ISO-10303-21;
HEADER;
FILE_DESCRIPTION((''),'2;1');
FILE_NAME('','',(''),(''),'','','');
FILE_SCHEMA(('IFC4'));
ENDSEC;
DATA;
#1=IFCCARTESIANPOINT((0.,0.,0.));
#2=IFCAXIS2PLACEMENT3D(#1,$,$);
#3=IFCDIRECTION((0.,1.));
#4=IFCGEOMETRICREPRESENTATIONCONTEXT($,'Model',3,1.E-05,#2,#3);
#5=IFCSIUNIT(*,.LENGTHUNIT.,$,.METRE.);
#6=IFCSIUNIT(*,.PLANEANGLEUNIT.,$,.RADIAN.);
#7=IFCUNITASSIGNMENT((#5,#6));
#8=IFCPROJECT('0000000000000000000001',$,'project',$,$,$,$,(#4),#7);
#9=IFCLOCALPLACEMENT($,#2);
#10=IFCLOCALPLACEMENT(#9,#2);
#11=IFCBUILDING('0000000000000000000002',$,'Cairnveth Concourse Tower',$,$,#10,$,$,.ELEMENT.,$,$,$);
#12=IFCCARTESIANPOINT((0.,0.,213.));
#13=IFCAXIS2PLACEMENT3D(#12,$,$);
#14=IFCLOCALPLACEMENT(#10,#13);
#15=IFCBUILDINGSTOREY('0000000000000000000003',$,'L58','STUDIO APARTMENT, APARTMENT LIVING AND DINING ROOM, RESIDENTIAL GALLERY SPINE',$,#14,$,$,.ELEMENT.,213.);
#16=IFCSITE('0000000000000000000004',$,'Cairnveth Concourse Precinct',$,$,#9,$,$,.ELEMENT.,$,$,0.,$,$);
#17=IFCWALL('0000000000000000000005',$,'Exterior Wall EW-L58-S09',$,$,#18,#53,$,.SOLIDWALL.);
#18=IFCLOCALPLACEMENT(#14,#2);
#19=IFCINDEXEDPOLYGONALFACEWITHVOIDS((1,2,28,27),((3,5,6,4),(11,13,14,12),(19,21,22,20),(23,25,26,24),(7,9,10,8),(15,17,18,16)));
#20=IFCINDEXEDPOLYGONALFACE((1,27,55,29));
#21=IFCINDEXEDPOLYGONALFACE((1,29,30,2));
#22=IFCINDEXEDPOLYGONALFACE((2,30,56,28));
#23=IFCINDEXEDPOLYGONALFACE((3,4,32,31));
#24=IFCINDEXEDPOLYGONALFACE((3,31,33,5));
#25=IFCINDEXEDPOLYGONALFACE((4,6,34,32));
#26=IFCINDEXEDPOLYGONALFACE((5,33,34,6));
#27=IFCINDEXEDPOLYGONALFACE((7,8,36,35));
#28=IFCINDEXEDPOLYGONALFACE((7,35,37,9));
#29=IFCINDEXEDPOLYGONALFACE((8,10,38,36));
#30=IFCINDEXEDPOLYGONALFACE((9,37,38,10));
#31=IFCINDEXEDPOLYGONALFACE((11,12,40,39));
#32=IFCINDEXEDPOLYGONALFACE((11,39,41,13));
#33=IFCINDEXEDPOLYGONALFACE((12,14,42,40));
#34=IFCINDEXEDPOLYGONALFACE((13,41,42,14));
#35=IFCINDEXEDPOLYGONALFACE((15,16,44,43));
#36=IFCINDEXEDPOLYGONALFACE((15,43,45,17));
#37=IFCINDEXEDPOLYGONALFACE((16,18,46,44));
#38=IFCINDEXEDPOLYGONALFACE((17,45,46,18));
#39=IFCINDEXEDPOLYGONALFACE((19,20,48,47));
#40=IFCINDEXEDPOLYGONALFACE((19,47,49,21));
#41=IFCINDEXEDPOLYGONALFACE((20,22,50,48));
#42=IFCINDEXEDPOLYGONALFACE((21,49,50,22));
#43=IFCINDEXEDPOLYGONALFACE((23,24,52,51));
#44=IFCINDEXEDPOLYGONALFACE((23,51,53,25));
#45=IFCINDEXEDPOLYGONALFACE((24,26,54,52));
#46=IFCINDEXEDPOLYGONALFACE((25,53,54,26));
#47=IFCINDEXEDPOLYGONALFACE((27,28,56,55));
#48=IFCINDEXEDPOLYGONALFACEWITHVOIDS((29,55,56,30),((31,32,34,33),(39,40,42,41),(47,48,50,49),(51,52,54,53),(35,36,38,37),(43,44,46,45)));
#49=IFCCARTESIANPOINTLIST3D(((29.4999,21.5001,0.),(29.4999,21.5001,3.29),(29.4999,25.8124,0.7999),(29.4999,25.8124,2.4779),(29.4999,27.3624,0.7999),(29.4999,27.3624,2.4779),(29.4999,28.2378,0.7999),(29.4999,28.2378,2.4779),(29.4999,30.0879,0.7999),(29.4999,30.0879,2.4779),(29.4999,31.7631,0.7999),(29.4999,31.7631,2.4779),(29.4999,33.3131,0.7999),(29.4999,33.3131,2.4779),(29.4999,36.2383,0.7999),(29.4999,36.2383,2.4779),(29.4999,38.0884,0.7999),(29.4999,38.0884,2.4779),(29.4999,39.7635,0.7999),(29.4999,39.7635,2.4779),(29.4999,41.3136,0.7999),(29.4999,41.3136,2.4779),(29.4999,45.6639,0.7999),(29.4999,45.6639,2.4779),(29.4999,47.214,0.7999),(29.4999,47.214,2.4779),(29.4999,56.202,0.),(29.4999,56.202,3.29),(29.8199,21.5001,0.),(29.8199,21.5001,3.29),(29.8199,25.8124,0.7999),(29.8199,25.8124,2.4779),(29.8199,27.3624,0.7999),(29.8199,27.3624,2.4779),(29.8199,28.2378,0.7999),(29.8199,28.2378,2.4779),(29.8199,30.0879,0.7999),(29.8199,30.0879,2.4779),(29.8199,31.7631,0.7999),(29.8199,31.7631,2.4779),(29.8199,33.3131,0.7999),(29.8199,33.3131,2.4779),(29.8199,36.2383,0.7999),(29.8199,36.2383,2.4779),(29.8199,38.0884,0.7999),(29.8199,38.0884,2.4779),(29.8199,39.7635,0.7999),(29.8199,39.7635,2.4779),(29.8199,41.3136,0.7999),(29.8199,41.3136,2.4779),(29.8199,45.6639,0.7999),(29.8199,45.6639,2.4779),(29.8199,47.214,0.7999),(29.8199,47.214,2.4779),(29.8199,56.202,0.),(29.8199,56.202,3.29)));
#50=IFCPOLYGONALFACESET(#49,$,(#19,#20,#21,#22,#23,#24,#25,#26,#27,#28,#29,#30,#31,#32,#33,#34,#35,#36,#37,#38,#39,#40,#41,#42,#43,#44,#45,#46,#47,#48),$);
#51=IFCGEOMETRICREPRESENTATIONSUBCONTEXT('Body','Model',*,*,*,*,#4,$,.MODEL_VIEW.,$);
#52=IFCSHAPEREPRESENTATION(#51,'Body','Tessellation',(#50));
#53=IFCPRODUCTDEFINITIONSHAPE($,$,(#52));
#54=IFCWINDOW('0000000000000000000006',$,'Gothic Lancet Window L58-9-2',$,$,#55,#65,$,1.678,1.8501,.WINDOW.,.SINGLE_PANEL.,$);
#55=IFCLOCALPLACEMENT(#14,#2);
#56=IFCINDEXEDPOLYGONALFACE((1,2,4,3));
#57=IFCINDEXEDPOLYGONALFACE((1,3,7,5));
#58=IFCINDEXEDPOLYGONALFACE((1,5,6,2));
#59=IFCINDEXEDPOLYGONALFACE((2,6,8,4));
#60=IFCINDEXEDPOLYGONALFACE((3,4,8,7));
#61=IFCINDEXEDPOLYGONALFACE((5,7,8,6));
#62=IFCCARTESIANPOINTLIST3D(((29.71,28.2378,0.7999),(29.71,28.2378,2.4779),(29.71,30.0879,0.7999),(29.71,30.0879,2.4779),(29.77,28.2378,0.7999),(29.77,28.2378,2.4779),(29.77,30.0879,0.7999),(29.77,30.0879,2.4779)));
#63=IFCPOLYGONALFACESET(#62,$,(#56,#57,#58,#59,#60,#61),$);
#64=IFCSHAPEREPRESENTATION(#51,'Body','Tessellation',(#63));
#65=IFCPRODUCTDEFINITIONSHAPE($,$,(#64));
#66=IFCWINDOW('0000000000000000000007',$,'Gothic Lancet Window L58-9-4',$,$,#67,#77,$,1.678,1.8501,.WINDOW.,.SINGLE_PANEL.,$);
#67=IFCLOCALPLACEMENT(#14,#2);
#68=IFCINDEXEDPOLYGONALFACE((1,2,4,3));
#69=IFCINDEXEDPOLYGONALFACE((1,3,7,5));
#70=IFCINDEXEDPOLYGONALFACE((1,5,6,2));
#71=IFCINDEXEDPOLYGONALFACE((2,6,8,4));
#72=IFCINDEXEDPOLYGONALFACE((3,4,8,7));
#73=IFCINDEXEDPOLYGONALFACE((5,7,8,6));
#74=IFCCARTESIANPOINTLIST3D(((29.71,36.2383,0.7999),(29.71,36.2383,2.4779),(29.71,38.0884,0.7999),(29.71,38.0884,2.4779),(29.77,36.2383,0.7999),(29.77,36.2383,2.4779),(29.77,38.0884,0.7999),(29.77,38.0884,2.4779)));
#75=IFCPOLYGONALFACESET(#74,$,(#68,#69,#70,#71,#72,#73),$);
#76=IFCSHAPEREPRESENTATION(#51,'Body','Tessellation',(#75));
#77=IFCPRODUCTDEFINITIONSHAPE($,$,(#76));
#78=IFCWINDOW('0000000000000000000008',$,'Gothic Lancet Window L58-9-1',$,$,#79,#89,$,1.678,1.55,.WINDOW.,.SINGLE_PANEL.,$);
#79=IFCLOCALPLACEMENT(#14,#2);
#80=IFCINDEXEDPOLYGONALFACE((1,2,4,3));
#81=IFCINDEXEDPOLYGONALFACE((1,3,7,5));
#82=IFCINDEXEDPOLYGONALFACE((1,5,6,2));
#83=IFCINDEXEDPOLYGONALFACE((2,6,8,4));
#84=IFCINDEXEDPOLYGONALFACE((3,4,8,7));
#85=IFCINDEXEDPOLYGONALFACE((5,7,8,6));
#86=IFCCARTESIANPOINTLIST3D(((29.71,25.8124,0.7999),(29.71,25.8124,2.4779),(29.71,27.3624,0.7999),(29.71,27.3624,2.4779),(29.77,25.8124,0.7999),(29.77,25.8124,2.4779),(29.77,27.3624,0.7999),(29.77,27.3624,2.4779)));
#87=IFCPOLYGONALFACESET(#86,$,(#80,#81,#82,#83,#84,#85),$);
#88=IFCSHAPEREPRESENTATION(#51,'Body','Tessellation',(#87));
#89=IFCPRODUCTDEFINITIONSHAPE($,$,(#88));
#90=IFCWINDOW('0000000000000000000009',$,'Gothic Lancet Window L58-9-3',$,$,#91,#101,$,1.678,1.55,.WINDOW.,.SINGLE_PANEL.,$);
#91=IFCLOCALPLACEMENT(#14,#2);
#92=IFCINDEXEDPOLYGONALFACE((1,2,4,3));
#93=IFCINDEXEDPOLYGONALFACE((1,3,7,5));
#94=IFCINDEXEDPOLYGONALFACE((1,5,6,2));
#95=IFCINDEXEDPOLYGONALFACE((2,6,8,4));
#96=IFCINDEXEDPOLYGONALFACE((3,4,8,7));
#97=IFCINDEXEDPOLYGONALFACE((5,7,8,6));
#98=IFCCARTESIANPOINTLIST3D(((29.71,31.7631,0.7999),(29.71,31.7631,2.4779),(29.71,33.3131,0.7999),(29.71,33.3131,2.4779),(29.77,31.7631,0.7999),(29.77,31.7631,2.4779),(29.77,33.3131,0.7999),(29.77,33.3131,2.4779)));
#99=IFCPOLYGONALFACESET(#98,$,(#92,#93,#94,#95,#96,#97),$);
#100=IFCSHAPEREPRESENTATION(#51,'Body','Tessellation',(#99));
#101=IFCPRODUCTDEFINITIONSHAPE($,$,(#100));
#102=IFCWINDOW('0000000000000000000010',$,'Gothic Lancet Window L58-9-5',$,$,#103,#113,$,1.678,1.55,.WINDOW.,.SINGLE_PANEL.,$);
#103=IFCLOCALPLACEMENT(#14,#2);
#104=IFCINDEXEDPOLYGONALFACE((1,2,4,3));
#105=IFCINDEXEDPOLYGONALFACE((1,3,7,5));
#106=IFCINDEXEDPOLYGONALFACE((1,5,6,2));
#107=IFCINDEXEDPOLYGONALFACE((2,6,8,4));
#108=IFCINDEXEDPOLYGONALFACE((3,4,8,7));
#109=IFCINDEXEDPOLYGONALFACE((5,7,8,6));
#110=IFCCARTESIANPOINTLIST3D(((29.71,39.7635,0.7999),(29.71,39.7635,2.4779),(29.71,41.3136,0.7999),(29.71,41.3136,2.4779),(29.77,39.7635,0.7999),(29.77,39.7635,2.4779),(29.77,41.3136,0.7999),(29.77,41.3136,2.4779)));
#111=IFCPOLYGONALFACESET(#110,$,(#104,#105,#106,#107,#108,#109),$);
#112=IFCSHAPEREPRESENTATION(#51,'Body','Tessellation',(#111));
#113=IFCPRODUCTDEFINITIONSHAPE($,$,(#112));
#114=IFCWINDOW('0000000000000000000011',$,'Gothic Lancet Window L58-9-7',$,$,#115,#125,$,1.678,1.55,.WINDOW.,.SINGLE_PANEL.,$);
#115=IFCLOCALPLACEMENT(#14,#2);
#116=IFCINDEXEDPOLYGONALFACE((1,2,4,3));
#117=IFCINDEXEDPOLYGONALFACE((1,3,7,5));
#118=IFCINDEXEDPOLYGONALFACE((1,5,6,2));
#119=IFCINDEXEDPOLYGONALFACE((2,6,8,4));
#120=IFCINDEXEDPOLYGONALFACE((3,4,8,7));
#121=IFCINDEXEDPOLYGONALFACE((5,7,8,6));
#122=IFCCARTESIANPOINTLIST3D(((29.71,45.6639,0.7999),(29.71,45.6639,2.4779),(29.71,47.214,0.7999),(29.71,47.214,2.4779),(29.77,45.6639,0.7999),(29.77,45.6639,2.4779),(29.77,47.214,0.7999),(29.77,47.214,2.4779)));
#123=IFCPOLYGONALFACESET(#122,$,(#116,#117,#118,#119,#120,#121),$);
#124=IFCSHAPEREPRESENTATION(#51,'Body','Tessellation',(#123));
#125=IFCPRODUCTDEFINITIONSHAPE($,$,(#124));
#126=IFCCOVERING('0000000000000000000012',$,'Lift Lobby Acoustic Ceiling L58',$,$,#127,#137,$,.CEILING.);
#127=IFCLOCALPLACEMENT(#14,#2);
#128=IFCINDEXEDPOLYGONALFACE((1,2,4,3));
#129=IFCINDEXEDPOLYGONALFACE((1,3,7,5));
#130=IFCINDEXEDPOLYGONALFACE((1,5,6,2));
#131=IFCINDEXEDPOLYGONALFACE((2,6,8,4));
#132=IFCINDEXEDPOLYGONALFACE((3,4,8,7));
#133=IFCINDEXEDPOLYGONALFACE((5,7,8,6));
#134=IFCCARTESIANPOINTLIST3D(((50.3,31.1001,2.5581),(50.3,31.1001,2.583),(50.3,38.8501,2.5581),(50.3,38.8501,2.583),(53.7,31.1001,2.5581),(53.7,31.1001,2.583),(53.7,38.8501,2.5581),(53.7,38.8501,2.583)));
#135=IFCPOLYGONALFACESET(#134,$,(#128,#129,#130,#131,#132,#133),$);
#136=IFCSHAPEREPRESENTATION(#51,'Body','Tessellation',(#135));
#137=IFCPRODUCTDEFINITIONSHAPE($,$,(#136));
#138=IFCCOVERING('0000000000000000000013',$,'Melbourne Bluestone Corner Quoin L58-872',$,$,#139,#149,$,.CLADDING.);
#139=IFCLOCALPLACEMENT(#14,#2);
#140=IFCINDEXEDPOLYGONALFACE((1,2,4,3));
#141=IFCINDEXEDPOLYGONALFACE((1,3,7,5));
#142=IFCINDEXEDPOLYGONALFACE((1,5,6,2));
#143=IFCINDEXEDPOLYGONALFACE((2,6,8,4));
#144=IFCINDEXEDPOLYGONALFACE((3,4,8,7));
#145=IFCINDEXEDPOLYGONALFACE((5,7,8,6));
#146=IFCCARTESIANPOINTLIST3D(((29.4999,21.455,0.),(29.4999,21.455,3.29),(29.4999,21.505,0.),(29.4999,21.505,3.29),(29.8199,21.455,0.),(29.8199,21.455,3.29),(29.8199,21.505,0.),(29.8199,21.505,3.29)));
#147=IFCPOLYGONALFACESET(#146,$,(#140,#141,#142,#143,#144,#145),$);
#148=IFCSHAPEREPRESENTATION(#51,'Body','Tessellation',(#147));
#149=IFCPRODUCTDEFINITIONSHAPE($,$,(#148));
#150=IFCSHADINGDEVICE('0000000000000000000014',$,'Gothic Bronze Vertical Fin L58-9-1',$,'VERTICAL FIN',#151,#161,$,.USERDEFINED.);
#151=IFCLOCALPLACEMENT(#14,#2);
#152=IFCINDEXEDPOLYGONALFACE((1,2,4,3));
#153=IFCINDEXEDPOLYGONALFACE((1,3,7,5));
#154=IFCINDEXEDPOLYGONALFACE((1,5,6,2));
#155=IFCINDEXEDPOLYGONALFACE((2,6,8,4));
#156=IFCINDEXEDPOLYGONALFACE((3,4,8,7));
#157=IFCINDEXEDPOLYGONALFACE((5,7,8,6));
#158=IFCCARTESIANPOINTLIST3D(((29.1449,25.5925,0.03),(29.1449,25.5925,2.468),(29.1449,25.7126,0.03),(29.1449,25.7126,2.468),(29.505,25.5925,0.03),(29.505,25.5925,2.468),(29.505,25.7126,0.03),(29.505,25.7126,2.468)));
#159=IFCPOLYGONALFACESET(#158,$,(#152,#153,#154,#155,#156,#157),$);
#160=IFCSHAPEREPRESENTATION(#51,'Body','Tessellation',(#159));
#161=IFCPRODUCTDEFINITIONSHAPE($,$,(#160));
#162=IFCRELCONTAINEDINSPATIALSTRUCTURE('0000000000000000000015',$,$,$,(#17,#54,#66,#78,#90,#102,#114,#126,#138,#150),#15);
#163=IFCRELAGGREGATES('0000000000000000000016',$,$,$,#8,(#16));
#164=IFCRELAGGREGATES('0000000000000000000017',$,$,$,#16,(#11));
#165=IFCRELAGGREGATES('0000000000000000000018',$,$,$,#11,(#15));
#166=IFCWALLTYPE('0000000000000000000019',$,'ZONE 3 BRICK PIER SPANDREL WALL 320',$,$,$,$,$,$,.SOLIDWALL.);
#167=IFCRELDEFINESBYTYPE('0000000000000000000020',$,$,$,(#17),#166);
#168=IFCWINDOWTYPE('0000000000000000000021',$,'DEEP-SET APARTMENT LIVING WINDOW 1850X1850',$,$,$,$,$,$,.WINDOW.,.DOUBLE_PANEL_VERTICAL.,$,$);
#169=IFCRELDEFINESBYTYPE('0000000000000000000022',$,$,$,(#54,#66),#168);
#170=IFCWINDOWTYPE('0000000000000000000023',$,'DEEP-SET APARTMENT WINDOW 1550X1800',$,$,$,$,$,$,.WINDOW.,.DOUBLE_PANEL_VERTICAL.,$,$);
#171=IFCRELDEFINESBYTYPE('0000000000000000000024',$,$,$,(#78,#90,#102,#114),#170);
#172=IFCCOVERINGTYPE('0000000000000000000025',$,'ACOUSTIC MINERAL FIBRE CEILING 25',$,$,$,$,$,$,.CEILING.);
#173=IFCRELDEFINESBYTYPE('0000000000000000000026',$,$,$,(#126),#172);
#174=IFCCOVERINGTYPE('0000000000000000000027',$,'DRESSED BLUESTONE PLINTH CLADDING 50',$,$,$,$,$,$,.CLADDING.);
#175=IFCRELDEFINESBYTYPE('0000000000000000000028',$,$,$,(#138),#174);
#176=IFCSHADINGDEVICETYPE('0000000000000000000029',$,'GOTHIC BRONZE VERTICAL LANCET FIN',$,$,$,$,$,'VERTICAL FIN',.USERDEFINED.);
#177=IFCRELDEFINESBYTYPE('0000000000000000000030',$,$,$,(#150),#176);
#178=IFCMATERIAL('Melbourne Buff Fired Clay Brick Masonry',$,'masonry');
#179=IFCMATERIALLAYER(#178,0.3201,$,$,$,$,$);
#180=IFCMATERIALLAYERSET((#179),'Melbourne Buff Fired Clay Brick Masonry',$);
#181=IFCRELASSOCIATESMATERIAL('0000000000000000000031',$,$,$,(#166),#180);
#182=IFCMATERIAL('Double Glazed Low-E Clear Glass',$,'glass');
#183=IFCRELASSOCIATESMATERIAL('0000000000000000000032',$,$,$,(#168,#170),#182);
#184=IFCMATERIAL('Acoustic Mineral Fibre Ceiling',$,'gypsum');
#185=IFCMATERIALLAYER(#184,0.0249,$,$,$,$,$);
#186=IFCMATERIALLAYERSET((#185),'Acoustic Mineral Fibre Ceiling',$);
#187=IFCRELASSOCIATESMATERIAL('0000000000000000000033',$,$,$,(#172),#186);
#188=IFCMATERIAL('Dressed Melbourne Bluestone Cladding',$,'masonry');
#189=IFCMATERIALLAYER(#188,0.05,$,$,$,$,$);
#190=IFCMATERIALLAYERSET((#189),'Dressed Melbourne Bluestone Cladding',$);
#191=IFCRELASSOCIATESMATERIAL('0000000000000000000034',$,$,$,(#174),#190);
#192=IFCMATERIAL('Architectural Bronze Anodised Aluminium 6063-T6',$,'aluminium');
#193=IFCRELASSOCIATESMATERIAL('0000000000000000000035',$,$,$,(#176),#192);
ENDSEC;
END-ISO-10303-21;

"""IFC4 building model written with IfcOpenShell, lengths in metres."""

from ifc_helpers import new_model, si_unit, direction, frame, frame_2d, origin, origin_2d, place, context, subcontext, project, spatial, polyline, rectangle, outline, extrude, material, layer, layer_set, type_object, element, fill, save


model = new_model("IFC4")

# Units and contexts
model_context = context("Model", 3, precision=1e-05, world=origin(), true_north=direction((0.0, 1.0)))
body_context = subcontext(model_context, "Body", "Model", "MODEL_VIEW")
ifc_project = project(units=[si_unit("LENGTHUNIT", "METRE"), si_unit("PLANEANGLEUNIT", "RADIAN")], contexts=[model_context])

# Site, building, storey
site_placement = place(None, origin())
site = spatial("IfcSite", under=ifc_project, at=site_placement, Name="Cairnveth Concourse Precinct", CompositionType="ELEMENT", RefElevation=0.0)
building_placement = place(site_placement, origin())
building = spatial("IfcBuilding", under=site, at=building_placement, Name="Cairnveth Concourse Tower", CompositionType="ELEMENT")
storey_placement = place(building_placement, frame((0.0, 0.0, 213.0)))
storey = spatial("IfcBuildingStorey", under=building, at=storey_placement, Name="L58", Description="STUDIO APARTMENT, APARTMENT LIVING AND DINING ROOM, RESIDENTIAL GALLERY SPINE", CompositionType="ELEMENT", Elevation=213.0)

# Wall, openings, windows
ifc_material_1 = material(Name="Melbourne Buff Fired Clay Brick Masonry", Category="masonry")
ifc_layer_1 = layer(ifc_material_1, 0.3201)
ifc_layer_set_1 = layer_set([ifc_layer_1], Name="Melbourne Buff Fired Clay Brick Masonry")
wall_type_1 = type_object("IfcWallType", Name="ZONE 3 BRICK PIER SPANDREL WALL 320", PredefinedType="SOLIDWALL", material=ifc_layer_set_1)
wall_1_placement = place(storey_placement, frame((29.6599, 21.5, 0.0), z_axis=(0.0, 0.0, 1.0), x_axis=(0.0, 1.0, 0.0)))
wall_1 = element("IfcWall", 1, at=wall_1_placement, inside=storey, type_object=wall_type_1, Name="Exterior Wall EW-L58-S09", PredefinedType="SOLIDWALL", context=body_context, shape_type="SweptSolid", body=[
    extrude(rectangle(XDim=34.7019, YDim=0.3201, at=frame_2d((17.3511, 0.0))), origin(), (0.0, 0.0, 1.0), 3.29),
])
opening_1_placement = place(wall_1_placement, frame((4.3125, 0.0, 0.8)))
opening_1 = element("IfcOpeningElement", 2, at=opening_1_placement, cuts=wall_1, PredefinedType="OPENING", context=body_context, shape_type="SweptSolid", body=[
    extrude(rectangle(XDim=1.55, YDim=1.678, at=frame_2d((0.7749, 0.8389))), frame((0.0, 0.1699, 0.0), z_axis=(0.0, -1.0, 0.0), x_axis=(1.0, 0.0, 0.0)), (0.0, 0.0, 1.0), 0.3401),
])
opening_2_placement = place(wall_1_placement, frame((6.7378, 0.0, 0.8)))
opening_2 = element("IfcOpeningElement", 3, at=opening_2_placement, cuts=wall_1, PredefinedType="OPENING", context=body_context, shape_type="SweptSolid", body=[
    extrude(rectangle(XDim=1.8501, YDim=1.678, at=frame_2d((0.925, 0.8389))), frame((0.0, 0.1699, 0.0), z_axis=(0.0, -1.0, 0.0), x_axis=(1.0, 0.0, 0.0)), (0.0, 0.0, 1.0), 0.3401),
])
opening_3_placement = place(wall_1_placement, frame((10.2632, 0.0, 0.8)))
opening_3 = element("IfcOpeningElement", 4, at=opening_3_placement, cuts=wall_1, PredefinedType="OPENING", context=body_context, shape_type="SweptSolid", body=[
    extrude(rectangle(XDim=1.55, YDim=1.678, at=frame_2d((0.7749, 0.8389))), frame((0.0, 0.1699, 0.0), z_axis=(0.0, -1.0, 0.0), x_axis=(1.0, 0.0, 0.0)), (0.0, 0.0, 1.0), 0.3401),
])
opening_4_placement = place(wall_1_placement, frame((14.7383, 0.0, 0.8)))
opening_4 = element("IfcOpeningElement", 5, at=opening_4_placement, cuts=wall_1, PredefinedType="OPENING", context=body_context, shape_type="SweptSolid", body=[
    extrude(rectangle(XDim=1.8501, YDim=1.678, at=frame_2d((0.925, 0.8389))), frame((0.0, 0.1699, 0.0), z_axis=(0.0, -1.0, 0.0), x_axis=(1.0, 0.0, 0.0)), (0.0, 0.0, 1.0), 0.3401),
])
opening_5_placement = place(wall_1_placement, frame((18.2637, 0.0, 0.8)))
opening_5 = element("IfcOpeningElement", 6, at=opening_5_placement, cuts=wall_1, PredefinedType="OPENING", context=body_context, shape_type="SweptSolid", body=[
    extrude(rectangle(XDim=1.55, YDim=1.678, at=frame_2d((0.7749, 0.8389))), frame((0.0, 0.1699, 0.0), z_axis=(0.0, -1.0, 0.0), x_axis=(1.0, 0.0, 0.0)), (0.0, 0.0, 1.0), 0.3401),
])
opening_6_placement = place(wall_1_placement, frame((24.1641, 0.0, 0.8)))
opening_6 = element("IfcOpeningElement", 7, at=opening_6_placement, cuts=wall_1, PredefinedType="OPENING", context=body_context, shape_type="SweptSolid", body=[
    extrude(rectangle(XDim=1.55, YDim=1.678, at=frame_2d((0.7749, 0.8389))), frame((0.0, 0.1699, 0.0), z_axis=(0.0, -1.0, 0.0), x_axis=(1.0, 0.0, 0.0)), (0.0, 0.0, 1.0), 0.3401),
])
ifc_material_2 = material(Name="Double Glazed Low-E Clear Glass", Category="glass")
window_type_1 = type_object("IfcWindowType", Name="DEEP-SET APARTMENT LIVING WINDOW 1850X1850", PartitioningType="DOUBLE_PANEL_VERTICAL", PredefinedType="WINDOW", material=ifc_material_2)
window_1_placement = place(opening_2_placement, origin())
window_1 = element("IfcWindow", 8, at=window_1_placement, inside=storey, type_object=window_type_1, Name="Gothic Lancet Window L58-9-2", OverallHeight=1.678, OverallWidth=1.8501, PartitioningType="SINGLE_PANEL", PredefinedType="WINDOW", context=body_context, shape_type="SweptSolid", body=[
    extrude(rectangle(XDim=1.8501, YDim=1.678, at=frame_2d((0.925, 0.8389))), frame((0.0, -0.05, 0.0), z_axis=(0.0, -1.0, 0.0), x_axis=(1.0, 0.0, 0.0)), (0.0, 0.0, 1.0), 0.0601),
])
fill(opening_2, window_1)
window_2_placement = place(opening_4_placement, origin())
window_2 = element("IfcWindow", 9, at=window_2_placement, inside=storey, type_object=window_type_1, Name="Gothic Lancet Window L58-9-4", OverallHeight=1.678, OverallWidth=1.8501, PartitioningType="SINGLE_PANEL", PredefinedType="WINDOW", context=body_context, shape_type="SweptSolid", body=[
    extrude(rectangle(XDim=1.8501, YDim=1.678, at=frame_2d((0.925, 0.8389))), frame((0.0, -0.05, 0.0), z_axis=(0.0, -1.0, 0.0), x_axis=(1.0, 0.0, 0.0)), (0.0, 0.0, 1.0), 0.0601),
])
fill(opening_4, window_2)
window_type_2 = type_object("IfcWindowType", Name="DEEP-SET APARTMENT WINDOW 1550X1800", PartitioningType="DOUBLE_PANEL_VERTICAL", PredefinedType="WINDOW", material=ifc_material_2)
window_3_placement = place(opening_1_placement, origin())
window_3 = element("IfcWindow", 10, at=window_3_placement, inside=storey, type_object=window_type_2, Name="Gothic Lancet Window L58-9-1", OverallHeight=1.678, OverallWidth=1.55, PartitioningType="SINGLE_PANEL", PredefinedType="WINDOW", context=body_context, shape_type="SweptSolid", body=[
    extrude(rectangle(XDim=1.55, YDim=1.678, at=frame_2d((0.7749, 0.8389))), frame((0.0, -0.05, 0.0), z_axis=(0.0, -1.0, 0.0), x_axis=(1.0, 0.0, 0.0)), (0.0, 0.0, 1.0), 0.0601),
])
fill(opening_1, window_3)
window_4_placement = place(opening_3_placement, origin())
window_4 = element("IfcWindow", 11, at=window_4_placement, inside=storey, type_object=window_type_2, Name="Gothic Lancet Window L58-9-3", OverallHeight=1.678, OverallWidth=1.55, PartitioningType="SINGLE_PANEL", PredefinedType="WINDOW", context=body_context, shape_type="SweptSolid", body=[
    extrude(rectangle(XDim=1.55, YDim=1.678, at=frame_2d((0.7749, 0.8389))), frame((0.0, -0.05, 0.0), z_axis=(0.0, -1.0, 0.0), x_axis=(1.0, 0.0, 0.0)), (0.0, 0.0, 1.0), 0.0601),
])
fill(opening_3, window_4)
window_5_placement = place(opening_5_placement, origin())
window_5 = element("IfcWindow", 12, at=window_5_placement, inside=storey, type_object=window_type_2, Name="Gothic Lancet Window L58-9-5", OverallHeight=1.678, OverallWidth=1.55, PartitioningType="SINGLE_PANEL", PredefinedType="WINDOW", context=body_context, shape_type="SweptSolid", body=[
    extrude(rectangle(XDim=1.55, YDim=1.678, at=frame_2d((0.7749, 0.8389))), frame((0.0, -0.05, 0.0), z_axis=(0.0, -1.0, 0.0), x_axis=(1.0, 0.0, 0.0)), (0.0, 0.0, 1.0), 0.0601),
])
fill(opening_5, window_5)
window_6_placement = place(opening_6_placement, origin())
window_6 = element("IfcWindow", 13, at=window_6_placement, inside=storey, type_object=window_type_2, Name="Gothic Lancet Window L58-9-7", OverallHeight=1.678, OverallWidth=1.55, PartitioningType="SINGLE_PANEL", PredefinedType="WINDOW", context=body_context, shape_type="SweptSolid", body=[
    extrude(rectangle(XDim=1.55, YDim=1.678, at=frame_2d((0.7749, 0.8389))), frame((0.0, -0.05, 0.0), z_axis=(0.0, -1.0, 0.0), x_axis=(1.0, 0.0, 0.0)), (0.0, 0.0, 1.0), 0.0601),
])
fill(opening_6, window_6)

# Coverings
ifc_material_3 = material(Name="Acoustic Mineral Fibre Ceiling", Category="gypsum")
ifc_layer_2 = layer(ifc_material_3, 0.0249)
ifc_layer_set_2 = layer_set([ifc_layer_2], Name="Acoustic Mineral Fibre Ceiling")
covering_type_1 = type_object("IfcCoveringType", Name="ACOUSTIC MINERAL FIBRE CEILING 25", PredefinedType="CEILING", material=ifc_layer_set_2)
covering_1_placement = place(storey_placement, frame((0.0, 0.0, 2.5581)))
element("IfcCovering", 14, at=covering_1_placement, inside=storey, type_object=covering_type_1, Name="Lift Lobby Acoustic Ceiling L58", PredefinedType="CEILING", context=body_context, shape_type="SweptSolid", body=[
    extrude(outline(polyline([(50.3, 31.1001), (53.7, 31.1001), (53.7, 38.8501), (50.3, 38.8501), (50.3, 31.1001)])), origin(), (0.0, 0.0, 1.0), 0.0249),
])
ifc_material_4 = material(Name="Dressed Melbourne Bluestone Cladding", Category="masonry")
ifc_layer_3 = layer(ifc_material_4, 0.05)
ifc_layer_set_3 = layer_set([ifc_layer_3], Name="Dressed Melbourne Bluestone Cladding")
covering_type_2 = type_object("IfcCoveringType", Name="DRESSED BLUESTONE PLINTH CLADDING 50", PredefinedType="CLADDING", material=ifc_layer_set_3)
covering_2_placement = place(storey_placement, frame((29.8201, 21.48, 0.0), z_axis=(0.0, 0.0, 1.0), x_axis=(-1.0, 0.0, 0.0)))
element("IfcCovering", 15, at=covering_2_placement, inside=storey, type_object=covering_type_2, Name="Melbourne Bluestone Corner Quoin L58-872", PredefinedType="CLADDING", context=body_context, shape_type="SweptSolid", body=[
    extrude(rectangle(XDim=0.3201, YDim=0.05, at=frame_2d((0.1602, 0.0))), origin(), (0.0, 0.0, 1.0), 3.29),
])

# Shading device
ifc_material_5 = material(Name="Architectural Bronze Anodised Aluminium 6063-T6", Category="aluminium")
shading_device_type_1 = type_object("IfcShadingDeviceType", Name="GOTHIC BRONZE VERTICAL LANCET FIN", ElementType="VERTICAL FIN", PredefinedType="USERDEFINED", material=ifc_material_5)
for number, where, z_axis, x_axis, name in (
    (16, (29.325, 25.6526, 0.03), (0.0, 0.0, 1.0), (0.0, 1.0, 0.0), "Gothic Bronze Vertical Fin L58-9-1"),
):
    element("IfcShadingDevice", number, at=place(storey_placement, frame(where, z_axis=z_axis, x_axis=x_axis)), inside=storey, type_object=shading_device_type_1, Name=name, ObjectType="VERTICAL FIN", PredefinedType="USERDEFINED", context=body_context, shape_type="SweptSolid", body=[
        extrude(rectangle(XDim=0.1201, YDim=0.3601, at=origin_2d()), origin(), (0.0, 0.0, 1.0), 2.438),
    ])

save(model, "model.ifc")
